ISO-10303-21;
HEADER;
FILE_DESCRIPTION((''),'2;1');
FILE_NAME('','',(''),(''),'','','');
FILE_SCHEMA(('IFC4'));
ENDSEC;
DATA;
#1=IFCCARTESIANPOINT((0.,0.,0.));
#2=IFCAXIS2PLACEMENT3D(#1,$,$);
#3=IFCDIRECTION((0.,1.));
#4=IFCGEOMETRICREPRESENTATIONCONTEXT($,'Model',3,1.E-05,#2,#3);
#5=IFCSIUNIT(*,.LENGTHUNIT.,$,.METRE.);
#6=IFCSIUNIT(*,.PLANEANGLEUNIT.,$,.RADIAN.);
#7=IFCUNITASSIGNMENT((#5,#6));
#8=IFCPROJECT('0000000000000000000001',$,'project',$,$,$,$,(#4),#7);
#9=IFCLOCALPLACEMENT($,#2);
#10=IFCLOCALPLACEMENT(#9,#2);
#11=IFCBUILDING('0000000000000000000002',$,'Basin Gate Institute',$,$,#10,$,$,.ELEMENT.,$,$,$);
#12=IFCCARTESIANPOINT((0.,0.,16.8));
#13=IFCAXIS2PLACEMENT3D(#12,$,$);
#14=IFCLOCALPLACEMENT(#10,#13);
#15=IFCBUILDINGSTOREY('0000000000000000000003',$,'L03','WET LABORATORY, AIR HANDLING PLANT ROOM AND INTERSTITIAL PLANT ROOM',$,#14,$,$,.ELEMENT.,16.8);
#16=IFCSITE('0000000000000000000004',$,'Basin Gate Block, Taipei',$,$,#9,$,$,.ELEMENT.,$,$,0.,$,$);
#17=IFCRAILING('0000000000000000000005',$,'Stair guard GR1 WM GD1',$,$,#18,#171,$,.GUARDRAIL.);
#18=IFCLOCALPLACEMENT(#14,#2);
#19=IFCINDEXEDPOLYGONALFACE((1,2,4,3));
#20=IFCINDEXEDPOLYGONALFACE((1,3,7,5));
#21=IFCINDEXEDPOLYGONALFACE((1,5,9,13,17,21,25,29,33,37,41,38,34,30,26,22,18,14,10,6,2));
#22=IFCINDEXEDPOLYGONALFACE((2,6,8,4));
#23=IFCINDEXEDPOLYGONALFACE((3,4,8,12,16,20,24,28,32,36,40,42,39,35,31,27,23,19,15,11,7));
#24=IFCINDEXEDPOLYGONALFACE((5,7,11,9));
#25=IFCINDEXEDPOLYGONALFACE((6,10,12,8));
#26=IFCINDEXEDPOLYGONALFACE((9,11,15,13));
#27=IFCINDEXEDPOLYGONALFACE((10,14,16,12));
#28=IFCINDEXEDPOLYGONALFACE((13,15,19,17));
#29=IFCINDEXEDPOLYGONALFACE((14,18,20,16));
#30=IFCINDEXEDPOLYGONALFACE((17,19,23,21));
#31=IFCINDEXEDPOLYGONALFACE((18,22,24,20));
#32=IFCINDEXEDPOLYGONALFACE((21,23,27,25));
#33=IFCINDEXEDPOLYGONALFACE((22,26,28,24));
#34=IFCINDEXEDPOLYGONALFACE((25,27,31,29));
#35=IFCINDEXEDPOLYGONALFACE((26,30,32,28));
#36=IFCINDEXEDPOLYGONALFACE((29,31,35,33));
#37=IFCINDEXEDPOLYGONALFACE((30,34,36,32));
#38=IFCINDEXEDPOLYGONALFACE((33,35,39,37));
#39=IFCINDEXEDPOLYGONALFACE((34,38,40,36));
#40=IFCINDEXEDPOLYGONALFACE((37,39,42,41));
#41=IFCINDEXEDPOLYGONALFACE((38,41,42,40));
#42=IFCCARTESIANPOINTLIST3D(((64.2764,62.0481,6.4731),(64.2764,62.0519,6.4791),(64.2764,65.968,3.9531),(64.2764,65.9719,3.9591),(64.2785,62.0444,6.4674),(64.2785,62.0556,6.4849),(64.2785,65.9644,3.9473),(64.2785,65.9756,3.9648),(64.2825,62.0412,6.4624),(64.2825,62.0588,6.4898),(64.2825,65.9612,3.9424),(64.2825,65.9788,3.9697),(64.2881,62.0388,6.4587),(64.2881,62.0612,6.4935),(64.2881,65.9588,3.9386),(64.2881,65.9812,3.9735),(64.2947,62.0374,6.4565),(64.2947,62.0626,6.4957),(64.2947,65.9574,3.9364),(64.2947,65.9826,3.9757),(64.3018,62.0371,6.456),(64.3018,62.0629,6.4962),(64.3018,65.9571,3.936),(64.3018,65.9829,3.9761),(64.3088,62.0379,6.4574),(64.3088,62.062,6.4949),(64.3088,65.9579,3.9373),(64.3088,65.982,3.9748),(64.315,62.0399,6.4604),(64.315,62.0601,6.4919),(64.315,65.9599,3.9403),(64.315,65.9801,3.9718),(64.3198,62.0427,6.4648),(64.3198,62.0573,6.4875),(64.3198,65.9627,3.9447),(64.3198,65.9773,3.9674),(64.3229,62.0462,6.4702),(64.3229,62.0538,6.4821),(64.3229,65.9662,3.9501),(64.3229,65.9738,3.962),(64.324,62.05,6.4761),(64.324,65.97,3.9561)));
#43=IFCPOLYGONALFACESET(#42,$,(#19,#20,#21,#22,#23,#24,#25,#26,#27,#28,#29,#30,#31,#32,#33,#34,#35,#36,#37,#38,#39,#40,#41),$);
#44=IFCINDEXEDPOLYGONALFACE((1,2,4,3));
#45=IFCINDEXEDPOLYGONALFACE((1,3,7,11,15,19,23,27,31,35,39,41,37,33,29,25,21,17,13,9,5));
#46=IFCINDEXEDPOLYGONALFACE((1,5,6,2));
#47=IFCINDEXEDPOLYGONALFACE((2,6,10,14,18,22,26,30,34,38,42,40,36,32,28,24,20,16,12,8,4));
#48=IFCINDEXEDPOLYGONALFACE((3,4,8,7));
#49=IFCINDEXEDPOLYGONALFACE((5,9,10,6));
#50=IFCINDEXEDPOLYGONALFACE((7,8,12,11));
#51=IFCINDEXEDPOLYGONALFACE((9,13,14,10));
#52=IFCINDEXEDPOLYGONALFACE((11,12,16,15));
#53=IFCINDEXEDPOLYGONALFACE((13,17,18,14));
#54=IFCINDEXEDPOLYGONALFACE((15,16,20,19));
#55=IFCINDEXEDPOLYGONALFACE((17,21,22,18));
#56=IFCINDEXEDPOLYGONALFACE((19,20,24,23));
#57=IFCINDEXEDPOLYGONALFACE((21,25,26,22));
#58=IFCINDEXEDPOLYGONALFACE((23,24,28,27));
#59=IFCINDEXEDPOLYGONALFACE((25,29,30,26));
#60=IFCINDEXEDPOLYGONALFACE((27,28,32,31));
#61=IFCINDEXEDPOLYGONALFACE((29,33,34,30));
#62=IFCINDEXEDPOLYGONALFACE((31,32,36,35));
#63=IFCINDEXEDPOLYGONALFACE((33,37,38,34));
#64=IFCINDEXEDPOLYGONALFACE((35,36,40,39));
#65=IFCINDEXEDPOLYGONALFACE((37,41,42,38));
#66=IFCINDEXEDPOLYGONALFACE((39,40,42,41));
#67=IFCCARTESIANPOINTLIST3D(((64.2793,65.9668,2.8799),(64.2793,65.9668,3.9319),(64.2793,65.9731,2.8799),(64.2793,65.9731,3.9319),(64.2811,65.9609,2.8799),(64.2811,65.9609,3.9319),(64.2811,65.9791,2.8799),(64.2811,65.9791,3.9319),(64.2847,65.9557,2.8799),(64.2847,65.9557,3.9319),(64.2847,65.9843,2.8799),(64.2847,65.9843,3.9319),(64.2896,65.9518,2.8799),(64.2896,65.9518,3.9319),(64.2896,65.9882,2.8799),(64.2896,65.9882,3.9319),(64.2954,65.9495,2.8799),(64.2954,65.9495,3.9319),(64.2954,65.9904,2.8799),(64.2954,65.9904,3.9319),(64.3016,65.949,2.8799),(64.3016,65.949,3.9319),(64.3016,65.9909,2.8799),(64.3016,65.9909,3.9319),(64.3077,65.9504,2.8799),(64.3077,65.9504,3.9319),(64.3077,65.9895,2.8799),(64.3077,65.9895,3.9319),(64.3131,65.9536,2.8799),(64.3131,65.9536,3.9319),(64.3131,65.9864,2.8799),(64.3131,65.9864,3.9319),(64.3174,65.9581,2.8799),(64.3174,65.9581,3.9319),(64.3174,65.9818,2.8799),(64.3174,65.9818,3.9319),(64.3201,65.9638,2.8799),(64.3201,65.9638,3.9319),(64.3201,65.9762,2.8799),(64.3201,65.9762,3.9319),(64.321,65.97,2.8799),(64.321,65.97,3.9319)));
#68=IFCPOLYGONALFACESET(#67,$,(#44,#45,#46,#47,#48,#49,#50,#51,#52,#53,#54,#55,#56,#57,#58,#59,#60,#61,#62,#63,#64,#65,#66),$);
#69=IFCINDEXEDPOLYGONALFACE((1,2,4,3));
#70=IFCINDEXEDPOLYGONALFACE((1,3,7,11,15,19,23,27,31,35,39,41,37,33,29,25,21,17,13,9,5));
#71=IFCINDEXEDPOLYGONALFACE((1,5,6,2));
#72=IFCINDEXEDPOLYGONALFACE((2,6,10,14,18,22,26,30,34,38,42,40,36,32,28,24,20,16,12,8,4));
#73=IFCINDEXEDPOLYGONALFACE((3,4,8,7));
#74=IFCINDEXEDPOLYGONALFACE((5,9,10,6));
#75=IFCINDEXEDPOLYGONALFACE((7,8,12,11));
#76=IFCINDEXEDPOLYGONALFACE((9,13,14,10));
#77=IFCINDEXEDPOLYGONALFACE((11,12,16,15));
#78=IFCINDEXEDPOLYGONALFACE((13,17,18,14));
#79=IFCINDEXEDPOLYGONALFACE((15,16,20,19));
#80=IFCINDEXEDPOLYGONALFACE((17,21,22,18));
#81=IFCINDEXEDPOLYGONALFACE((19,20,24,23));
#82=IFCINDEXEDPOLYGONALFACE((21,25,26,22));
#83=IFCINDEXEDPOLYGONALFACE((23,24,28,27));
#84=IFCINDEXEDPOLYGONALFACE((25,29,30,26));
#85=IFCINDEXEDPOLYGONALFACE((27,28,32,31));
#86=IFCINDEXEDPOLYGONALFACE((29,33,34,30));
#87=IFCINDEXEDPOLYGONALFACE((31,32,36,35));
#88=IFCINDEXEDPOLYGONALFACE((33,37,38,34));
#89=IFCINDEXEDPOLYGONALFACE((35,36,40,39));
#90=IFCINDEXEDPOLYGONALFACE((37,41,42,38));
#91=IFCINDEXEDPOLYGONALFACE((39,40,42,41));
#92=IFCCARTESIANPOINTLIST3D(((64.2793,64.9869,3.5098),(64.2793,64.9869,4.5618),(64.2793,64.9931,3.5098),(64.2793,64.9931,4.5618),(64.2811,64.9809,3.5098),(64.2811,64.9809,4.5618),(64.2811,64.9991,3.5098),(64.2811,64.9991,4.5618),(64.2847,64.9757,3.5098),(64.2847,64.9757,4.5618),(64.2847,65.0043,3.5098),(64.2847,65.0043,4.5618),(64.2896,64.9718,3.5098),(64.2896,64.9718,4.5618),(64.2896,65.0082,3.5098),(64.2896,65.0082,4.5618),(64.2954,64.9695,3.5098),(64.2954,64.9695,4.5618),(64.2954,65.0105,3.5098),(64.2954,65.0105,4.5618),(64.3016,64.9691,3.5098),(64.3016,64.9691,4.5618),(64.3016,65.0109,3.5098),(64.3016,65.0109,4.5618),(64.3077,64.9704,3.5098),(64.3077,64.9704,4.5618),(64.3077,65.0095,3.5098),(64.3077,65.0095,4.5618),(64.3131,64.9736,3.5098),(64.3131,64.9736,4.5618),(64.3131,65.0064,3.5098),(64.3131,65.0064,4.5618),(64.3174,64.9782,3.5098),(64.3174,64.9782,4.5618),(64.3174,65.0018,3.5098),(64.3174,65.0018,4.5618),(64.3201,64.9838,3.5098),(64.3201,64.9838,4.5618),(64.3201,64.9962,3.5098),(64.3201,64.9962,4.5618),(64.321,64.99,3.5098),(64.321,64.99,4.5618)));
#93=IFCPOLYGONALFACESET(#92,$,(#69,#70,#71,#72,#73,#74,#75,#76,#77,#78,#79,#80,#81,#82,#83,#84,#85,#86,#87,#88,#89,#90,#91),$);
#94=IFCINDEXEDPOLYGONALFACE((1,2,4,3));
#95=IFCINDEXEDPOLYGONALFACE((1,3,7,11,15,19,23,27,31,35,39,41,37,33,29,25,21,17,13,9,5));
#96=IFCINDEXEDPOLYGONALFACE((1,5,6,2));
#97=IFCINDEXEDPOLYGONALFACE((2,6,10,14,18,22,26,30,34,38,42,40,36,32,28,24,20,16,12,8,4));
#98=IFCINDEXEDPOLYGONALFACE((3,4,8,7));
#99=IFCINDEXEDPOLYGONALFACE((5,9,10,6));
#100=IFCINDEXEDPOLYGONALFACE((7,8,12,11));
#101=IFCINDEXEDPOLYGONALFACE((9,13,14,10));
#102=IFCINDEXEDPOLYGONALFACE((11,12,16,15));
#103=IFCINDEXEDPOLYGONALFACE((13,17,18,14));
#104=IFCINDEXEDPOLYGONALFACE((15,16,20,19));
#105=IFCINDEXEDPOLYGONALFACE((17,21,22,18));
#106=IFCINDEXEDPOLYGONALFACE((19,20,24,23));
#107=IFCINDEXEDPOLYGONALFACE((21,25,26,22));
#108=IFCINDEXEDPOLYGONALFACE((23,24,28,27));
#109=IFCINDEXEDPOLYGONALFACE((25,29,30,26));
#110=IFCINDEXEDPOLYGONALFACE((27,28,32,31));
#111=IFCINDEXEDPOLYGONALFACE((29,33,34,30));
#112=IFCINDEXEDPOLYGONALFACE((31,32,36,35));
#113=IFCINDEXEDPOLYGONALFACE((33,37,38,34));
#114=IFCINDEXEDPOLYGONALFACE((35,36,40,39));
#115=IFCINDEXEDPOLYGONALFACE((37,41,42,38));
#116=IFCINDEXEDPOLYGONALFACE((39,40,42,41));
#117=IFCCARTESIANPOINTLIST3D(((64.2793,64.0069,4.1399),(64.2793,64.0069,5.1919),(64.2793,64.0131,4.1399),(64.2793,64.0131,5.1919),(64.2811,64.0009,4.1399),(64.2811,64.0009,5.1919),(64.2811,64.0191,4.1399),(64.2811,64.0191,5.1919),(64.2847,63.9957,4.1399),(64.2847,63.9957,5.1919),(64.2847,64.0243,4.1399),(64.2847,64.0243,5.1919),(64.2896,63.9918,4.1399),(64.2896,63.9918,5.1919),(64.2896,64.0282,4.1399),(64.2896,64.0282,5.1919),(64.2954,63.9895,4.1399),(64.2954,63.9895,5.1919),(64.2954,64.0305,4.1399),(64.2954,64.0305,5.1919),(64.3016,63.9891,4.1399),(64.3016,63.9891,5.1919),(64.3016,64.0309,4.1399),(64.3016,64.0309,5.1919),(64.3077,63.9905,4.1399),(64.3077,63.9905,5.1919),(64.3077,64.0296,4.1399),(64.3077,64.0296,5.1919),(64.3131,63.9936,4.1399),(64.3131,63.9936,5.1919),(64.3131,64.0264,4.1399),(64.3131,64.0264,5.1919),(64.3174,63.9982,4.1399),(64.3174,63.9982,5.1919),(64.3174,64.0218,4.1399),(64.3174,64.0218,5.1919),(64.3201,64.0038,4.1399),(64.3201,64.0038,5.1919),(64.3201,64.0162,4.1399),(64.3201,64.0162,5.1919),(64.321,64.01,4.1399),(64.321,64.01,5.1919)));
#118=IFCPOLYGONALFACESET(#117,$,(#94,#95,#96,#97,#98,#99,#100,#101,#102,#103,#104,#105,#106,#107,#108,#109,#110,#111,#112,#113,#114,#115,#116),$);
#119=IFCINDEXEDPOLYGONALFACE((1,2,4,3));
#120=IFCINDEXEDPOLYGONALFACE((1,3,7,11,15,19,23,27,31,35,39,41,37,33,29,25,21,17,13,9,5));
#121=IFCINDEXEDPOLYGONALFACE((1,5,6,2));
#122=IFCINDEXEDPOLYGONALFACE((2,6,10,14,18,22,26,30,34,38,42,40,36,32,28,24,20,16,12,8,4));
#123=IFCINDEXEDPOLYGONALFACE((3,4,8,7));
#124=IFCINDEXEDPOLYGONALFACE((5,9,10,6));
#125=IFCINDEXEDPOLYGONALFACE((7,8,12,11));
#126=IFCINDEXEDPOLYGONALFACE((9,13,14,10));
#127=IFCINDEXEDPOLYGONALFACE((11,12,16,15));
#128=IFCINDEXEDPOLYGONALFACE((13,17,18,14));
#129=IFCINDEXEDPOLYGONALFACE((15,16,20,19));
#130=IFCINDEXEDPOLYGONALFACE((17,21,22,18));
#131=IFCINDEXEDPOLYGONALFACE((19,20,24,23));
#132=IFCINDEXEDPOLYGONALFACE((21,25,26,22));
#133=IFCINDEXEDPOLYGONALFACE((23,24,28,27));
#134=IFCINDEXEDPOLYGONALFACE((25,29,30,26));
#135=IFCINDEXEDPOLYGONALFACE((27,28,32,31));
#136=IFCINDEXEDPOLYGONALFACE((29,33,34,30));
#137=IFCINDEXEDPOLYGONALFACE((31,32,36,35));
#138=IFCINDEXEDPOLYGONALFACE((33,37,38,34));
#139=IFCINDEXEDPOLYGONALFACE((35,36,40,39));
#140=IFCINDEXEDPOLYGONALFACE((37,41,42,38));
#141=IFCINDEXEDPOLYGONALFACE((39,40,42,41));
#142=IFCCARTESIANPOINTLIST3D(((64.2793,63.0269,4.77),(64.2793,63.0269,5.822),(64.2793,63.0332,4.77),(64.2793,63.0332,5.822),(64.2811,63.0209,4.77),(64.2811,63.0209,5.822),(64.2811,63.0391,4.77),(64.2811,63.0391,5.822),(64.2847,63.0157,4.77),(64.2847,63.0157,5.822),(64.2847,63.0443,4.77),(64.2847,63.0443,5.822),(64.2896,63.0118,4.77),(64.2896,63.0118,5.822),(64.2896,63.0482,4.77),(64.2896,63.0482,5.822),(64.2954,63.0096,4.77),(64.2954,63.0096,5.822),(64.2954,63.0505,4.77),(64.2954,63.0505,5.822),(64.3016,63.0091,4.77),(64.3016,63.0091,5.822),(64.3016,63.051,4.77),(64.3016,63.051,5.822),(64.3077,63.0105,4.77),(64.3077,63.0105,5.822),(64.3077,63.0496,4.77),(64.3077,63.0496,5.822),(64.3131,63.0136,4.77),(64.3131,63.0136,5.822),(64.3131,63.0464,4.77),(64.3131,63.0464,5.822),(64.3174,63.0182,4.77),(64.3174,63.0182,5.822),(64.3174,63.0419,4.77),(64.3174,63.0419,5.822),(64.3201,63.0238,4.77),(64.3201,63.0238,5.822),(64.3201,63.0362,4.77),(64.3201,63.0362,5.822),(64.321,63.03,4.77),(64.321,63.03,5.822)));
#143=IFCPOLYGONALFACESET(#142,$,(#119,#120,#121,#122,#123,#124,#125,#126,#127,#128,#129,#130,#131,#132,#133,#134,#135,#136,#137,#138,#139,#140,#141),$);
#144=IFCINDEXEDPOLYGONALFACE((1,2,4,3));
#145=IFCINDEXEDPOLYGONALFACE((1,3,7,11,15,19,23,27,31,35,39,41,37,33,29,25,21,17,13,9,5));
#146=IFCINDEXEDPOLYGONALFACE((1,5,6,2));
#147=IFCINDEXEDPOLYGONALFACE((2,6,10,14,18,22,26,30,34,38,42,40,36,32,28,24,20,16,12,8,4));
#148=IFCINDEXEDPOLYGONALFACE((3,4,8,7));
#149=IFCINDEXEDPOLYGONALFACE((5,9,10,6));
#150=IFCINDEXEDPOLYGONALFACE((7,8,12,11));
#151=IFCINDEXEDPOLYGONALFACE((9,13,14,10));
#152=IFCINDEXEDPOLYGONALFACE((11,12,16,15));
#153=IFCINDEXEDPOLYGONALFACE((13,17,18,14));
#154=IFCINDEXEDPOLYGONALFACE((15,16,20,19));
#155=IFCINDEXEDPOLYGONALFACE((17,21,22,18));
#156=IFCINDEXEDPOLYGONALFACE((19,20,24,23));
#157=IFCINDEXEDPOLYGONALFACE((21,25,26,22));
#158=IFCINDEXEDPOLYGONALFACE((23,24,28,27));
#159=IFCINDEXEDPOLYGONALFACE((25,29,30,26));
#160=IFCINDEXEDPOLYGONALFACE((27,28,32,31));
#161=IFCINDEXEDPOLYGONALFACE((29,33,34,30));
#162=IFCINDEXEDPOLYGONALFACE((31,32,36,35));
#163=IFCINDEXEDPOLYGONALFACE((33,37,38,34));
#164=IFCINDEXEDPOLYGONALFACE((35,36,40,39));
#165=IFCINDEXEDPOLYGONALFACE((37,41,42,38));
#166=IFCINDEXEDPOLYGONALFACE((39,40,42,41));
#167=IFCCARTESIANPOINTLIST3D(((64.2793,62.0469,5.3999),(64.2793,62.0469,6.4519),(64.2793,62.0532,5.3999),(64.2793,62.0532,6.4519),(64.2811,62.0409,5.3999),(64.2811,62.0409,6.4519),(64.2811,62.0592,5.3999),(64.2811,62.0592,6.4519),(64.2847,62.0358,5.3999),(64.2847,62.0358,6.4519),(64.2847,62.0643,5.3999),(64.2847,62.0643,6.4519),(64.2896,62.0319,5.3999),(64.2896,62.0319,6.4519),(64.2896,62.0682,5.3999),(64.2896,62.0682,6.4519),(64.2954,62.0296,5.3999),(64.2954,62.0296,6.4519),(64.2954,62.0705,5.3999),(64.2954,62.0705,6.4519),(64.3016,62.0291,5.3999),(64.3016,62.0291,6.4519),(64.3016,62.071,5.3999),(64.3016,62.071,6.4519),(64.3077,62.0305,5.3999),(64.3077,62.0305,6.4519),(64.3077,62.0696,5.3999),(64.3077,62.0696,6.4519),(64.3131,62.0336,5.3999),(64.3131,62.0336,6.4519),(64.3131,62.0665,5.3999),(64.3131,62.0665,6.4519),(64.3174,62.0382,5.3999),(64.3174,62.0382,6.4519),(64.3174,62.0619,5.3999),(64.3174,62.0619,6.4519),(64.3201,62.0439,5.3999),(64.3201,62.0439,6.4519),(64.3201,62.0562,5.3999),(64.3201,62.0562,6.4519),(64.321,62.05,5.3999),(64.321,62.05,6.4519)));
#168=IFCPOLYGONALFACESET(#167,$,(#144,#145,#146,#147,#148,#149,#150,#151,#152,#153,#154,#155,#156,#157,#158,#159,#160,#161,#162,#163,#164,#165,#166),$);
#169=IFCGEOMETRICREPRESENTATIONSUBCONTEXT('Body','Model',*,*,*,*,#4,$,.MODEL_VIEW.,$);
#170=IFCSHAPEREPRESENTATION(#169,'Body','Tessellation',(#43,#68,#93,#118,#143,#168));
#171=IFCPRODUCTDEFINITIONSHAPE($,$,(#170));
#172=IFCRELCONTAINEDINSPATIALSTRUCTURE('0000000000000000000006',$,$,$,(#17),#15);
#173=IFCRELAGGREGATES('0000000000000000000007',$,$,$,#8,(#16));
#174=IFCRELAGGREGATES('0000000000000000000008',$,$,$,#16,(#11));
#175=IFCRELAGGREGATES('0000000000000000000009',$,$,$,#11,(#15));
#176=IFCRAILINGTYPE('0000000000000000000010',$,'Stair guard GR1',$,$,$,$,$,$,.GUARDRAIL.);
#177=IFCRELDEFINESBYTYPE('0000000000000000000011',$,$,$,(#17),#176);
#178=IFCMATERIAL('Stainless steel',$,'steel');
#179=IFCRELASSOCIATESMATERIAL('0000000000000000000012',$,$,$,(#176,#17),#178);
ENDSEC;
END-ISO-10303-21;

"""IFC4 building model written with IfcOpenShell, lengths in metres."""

from ifc_helpers import new_model, si_unit, direction, frame, origin, origin_2d, place, context, subcontext, project, spatial, circle, extrude, material, type_object, element, save


model = new_model("IFC4")

# Units and contexts
model_context = context("Model", 3, precision=1e-05, world=origin(), true_north=direction((0.0, 1.0)))
body_context = subcontext(model_context, "Body", "Model", "MODEL_VIEW")
ifc_project = project(units=[si_unit("LENGTHUNIT", "METRE"), si_unit("PLANEANGLEUNIT", "RADIAN")], contexts=[model_context])

# Site, building, storey
site_placement = place(None, origin())
site = spatial("IfcSite", under=ifc_project, at=site_placement, Name="Basin Gate Block, Taipei", CompositionType="ELEMENT", RefElevation=0.0)
building_placement = place(site_placement, origin())
building = spatial("IfcBuilding", under=site, at=building_placement, Name="Basin Gate Institute", CompositionType="ELEMENT")
storey_placement = place(building_placement, frame((0.0, 0.0, 16.8)))
storey = spatial("IfcBuildingStorey", under=building, at=storey_placement, Name="L03", Description="WET LABORATORY, AIR HANDLING PLANT ROOM AND INTERSTITIAL PLANT ROOM", CompositionType="ELEMENT", Elevation=16.8)

# Railing
ifc_material_1 = material(Name="Stainless steel", Category="steel")
railing_type = type_object("IfcRailingType", Name="Stair guard GR1", PredefinedType="GUARDRAIL", material=ifc_material_1)
railing_1_placement = place(storey_placement, frame((64.3, 65.97, 2.8799)))
element("IfcRailing", 1, at=railing_1_placement, inside=storey, type_object=railing_type, material=ifc_material_1, Name="Stair guard GR1 WM GD1", PredefinedType="GUARDRAIL", context=body_context, shape_type="SweptSolid", body=[
    extrude(circle(Radius=0.0239, at=origin_2d()), frame((0.0, 0.0, 1.0762), z_axis=(0.0, -0.841172, 0.540768), x_axis=(1.0, 0.0, 0.0)), (0.0, 0.0, 1.0), 4.6602),
    extrude(circle(Radius=0.021, at=origin_2d()), origin(), (0.0, 0.0, 1.0), 1.052),
    extrude(circle(Radius=0.021, at=origin_2d()), frame((0.0, -0.98, 0.6299)), (0.0, 0.0, 1.0), 1.052),
    extrude(circle(Radius=0.021, at=origin_2d()), frame((0.0, -1.96, 1.26)), (0.0, 0.0, 1.0), 1.052),
    extrude(circle(Radius=0.021, at=origin_2d()), frame((0.0, -2.9399, 1.8901)), (0.0, 0.0, 1.0), 1.052),
    extrude(circle(Radius=0.021, at=origin_2d()), frame((0.0, -3.9199, 2.52)), (0.0, 0.0, 1.0), 1.052),
])

save(model, "model.ifc")
